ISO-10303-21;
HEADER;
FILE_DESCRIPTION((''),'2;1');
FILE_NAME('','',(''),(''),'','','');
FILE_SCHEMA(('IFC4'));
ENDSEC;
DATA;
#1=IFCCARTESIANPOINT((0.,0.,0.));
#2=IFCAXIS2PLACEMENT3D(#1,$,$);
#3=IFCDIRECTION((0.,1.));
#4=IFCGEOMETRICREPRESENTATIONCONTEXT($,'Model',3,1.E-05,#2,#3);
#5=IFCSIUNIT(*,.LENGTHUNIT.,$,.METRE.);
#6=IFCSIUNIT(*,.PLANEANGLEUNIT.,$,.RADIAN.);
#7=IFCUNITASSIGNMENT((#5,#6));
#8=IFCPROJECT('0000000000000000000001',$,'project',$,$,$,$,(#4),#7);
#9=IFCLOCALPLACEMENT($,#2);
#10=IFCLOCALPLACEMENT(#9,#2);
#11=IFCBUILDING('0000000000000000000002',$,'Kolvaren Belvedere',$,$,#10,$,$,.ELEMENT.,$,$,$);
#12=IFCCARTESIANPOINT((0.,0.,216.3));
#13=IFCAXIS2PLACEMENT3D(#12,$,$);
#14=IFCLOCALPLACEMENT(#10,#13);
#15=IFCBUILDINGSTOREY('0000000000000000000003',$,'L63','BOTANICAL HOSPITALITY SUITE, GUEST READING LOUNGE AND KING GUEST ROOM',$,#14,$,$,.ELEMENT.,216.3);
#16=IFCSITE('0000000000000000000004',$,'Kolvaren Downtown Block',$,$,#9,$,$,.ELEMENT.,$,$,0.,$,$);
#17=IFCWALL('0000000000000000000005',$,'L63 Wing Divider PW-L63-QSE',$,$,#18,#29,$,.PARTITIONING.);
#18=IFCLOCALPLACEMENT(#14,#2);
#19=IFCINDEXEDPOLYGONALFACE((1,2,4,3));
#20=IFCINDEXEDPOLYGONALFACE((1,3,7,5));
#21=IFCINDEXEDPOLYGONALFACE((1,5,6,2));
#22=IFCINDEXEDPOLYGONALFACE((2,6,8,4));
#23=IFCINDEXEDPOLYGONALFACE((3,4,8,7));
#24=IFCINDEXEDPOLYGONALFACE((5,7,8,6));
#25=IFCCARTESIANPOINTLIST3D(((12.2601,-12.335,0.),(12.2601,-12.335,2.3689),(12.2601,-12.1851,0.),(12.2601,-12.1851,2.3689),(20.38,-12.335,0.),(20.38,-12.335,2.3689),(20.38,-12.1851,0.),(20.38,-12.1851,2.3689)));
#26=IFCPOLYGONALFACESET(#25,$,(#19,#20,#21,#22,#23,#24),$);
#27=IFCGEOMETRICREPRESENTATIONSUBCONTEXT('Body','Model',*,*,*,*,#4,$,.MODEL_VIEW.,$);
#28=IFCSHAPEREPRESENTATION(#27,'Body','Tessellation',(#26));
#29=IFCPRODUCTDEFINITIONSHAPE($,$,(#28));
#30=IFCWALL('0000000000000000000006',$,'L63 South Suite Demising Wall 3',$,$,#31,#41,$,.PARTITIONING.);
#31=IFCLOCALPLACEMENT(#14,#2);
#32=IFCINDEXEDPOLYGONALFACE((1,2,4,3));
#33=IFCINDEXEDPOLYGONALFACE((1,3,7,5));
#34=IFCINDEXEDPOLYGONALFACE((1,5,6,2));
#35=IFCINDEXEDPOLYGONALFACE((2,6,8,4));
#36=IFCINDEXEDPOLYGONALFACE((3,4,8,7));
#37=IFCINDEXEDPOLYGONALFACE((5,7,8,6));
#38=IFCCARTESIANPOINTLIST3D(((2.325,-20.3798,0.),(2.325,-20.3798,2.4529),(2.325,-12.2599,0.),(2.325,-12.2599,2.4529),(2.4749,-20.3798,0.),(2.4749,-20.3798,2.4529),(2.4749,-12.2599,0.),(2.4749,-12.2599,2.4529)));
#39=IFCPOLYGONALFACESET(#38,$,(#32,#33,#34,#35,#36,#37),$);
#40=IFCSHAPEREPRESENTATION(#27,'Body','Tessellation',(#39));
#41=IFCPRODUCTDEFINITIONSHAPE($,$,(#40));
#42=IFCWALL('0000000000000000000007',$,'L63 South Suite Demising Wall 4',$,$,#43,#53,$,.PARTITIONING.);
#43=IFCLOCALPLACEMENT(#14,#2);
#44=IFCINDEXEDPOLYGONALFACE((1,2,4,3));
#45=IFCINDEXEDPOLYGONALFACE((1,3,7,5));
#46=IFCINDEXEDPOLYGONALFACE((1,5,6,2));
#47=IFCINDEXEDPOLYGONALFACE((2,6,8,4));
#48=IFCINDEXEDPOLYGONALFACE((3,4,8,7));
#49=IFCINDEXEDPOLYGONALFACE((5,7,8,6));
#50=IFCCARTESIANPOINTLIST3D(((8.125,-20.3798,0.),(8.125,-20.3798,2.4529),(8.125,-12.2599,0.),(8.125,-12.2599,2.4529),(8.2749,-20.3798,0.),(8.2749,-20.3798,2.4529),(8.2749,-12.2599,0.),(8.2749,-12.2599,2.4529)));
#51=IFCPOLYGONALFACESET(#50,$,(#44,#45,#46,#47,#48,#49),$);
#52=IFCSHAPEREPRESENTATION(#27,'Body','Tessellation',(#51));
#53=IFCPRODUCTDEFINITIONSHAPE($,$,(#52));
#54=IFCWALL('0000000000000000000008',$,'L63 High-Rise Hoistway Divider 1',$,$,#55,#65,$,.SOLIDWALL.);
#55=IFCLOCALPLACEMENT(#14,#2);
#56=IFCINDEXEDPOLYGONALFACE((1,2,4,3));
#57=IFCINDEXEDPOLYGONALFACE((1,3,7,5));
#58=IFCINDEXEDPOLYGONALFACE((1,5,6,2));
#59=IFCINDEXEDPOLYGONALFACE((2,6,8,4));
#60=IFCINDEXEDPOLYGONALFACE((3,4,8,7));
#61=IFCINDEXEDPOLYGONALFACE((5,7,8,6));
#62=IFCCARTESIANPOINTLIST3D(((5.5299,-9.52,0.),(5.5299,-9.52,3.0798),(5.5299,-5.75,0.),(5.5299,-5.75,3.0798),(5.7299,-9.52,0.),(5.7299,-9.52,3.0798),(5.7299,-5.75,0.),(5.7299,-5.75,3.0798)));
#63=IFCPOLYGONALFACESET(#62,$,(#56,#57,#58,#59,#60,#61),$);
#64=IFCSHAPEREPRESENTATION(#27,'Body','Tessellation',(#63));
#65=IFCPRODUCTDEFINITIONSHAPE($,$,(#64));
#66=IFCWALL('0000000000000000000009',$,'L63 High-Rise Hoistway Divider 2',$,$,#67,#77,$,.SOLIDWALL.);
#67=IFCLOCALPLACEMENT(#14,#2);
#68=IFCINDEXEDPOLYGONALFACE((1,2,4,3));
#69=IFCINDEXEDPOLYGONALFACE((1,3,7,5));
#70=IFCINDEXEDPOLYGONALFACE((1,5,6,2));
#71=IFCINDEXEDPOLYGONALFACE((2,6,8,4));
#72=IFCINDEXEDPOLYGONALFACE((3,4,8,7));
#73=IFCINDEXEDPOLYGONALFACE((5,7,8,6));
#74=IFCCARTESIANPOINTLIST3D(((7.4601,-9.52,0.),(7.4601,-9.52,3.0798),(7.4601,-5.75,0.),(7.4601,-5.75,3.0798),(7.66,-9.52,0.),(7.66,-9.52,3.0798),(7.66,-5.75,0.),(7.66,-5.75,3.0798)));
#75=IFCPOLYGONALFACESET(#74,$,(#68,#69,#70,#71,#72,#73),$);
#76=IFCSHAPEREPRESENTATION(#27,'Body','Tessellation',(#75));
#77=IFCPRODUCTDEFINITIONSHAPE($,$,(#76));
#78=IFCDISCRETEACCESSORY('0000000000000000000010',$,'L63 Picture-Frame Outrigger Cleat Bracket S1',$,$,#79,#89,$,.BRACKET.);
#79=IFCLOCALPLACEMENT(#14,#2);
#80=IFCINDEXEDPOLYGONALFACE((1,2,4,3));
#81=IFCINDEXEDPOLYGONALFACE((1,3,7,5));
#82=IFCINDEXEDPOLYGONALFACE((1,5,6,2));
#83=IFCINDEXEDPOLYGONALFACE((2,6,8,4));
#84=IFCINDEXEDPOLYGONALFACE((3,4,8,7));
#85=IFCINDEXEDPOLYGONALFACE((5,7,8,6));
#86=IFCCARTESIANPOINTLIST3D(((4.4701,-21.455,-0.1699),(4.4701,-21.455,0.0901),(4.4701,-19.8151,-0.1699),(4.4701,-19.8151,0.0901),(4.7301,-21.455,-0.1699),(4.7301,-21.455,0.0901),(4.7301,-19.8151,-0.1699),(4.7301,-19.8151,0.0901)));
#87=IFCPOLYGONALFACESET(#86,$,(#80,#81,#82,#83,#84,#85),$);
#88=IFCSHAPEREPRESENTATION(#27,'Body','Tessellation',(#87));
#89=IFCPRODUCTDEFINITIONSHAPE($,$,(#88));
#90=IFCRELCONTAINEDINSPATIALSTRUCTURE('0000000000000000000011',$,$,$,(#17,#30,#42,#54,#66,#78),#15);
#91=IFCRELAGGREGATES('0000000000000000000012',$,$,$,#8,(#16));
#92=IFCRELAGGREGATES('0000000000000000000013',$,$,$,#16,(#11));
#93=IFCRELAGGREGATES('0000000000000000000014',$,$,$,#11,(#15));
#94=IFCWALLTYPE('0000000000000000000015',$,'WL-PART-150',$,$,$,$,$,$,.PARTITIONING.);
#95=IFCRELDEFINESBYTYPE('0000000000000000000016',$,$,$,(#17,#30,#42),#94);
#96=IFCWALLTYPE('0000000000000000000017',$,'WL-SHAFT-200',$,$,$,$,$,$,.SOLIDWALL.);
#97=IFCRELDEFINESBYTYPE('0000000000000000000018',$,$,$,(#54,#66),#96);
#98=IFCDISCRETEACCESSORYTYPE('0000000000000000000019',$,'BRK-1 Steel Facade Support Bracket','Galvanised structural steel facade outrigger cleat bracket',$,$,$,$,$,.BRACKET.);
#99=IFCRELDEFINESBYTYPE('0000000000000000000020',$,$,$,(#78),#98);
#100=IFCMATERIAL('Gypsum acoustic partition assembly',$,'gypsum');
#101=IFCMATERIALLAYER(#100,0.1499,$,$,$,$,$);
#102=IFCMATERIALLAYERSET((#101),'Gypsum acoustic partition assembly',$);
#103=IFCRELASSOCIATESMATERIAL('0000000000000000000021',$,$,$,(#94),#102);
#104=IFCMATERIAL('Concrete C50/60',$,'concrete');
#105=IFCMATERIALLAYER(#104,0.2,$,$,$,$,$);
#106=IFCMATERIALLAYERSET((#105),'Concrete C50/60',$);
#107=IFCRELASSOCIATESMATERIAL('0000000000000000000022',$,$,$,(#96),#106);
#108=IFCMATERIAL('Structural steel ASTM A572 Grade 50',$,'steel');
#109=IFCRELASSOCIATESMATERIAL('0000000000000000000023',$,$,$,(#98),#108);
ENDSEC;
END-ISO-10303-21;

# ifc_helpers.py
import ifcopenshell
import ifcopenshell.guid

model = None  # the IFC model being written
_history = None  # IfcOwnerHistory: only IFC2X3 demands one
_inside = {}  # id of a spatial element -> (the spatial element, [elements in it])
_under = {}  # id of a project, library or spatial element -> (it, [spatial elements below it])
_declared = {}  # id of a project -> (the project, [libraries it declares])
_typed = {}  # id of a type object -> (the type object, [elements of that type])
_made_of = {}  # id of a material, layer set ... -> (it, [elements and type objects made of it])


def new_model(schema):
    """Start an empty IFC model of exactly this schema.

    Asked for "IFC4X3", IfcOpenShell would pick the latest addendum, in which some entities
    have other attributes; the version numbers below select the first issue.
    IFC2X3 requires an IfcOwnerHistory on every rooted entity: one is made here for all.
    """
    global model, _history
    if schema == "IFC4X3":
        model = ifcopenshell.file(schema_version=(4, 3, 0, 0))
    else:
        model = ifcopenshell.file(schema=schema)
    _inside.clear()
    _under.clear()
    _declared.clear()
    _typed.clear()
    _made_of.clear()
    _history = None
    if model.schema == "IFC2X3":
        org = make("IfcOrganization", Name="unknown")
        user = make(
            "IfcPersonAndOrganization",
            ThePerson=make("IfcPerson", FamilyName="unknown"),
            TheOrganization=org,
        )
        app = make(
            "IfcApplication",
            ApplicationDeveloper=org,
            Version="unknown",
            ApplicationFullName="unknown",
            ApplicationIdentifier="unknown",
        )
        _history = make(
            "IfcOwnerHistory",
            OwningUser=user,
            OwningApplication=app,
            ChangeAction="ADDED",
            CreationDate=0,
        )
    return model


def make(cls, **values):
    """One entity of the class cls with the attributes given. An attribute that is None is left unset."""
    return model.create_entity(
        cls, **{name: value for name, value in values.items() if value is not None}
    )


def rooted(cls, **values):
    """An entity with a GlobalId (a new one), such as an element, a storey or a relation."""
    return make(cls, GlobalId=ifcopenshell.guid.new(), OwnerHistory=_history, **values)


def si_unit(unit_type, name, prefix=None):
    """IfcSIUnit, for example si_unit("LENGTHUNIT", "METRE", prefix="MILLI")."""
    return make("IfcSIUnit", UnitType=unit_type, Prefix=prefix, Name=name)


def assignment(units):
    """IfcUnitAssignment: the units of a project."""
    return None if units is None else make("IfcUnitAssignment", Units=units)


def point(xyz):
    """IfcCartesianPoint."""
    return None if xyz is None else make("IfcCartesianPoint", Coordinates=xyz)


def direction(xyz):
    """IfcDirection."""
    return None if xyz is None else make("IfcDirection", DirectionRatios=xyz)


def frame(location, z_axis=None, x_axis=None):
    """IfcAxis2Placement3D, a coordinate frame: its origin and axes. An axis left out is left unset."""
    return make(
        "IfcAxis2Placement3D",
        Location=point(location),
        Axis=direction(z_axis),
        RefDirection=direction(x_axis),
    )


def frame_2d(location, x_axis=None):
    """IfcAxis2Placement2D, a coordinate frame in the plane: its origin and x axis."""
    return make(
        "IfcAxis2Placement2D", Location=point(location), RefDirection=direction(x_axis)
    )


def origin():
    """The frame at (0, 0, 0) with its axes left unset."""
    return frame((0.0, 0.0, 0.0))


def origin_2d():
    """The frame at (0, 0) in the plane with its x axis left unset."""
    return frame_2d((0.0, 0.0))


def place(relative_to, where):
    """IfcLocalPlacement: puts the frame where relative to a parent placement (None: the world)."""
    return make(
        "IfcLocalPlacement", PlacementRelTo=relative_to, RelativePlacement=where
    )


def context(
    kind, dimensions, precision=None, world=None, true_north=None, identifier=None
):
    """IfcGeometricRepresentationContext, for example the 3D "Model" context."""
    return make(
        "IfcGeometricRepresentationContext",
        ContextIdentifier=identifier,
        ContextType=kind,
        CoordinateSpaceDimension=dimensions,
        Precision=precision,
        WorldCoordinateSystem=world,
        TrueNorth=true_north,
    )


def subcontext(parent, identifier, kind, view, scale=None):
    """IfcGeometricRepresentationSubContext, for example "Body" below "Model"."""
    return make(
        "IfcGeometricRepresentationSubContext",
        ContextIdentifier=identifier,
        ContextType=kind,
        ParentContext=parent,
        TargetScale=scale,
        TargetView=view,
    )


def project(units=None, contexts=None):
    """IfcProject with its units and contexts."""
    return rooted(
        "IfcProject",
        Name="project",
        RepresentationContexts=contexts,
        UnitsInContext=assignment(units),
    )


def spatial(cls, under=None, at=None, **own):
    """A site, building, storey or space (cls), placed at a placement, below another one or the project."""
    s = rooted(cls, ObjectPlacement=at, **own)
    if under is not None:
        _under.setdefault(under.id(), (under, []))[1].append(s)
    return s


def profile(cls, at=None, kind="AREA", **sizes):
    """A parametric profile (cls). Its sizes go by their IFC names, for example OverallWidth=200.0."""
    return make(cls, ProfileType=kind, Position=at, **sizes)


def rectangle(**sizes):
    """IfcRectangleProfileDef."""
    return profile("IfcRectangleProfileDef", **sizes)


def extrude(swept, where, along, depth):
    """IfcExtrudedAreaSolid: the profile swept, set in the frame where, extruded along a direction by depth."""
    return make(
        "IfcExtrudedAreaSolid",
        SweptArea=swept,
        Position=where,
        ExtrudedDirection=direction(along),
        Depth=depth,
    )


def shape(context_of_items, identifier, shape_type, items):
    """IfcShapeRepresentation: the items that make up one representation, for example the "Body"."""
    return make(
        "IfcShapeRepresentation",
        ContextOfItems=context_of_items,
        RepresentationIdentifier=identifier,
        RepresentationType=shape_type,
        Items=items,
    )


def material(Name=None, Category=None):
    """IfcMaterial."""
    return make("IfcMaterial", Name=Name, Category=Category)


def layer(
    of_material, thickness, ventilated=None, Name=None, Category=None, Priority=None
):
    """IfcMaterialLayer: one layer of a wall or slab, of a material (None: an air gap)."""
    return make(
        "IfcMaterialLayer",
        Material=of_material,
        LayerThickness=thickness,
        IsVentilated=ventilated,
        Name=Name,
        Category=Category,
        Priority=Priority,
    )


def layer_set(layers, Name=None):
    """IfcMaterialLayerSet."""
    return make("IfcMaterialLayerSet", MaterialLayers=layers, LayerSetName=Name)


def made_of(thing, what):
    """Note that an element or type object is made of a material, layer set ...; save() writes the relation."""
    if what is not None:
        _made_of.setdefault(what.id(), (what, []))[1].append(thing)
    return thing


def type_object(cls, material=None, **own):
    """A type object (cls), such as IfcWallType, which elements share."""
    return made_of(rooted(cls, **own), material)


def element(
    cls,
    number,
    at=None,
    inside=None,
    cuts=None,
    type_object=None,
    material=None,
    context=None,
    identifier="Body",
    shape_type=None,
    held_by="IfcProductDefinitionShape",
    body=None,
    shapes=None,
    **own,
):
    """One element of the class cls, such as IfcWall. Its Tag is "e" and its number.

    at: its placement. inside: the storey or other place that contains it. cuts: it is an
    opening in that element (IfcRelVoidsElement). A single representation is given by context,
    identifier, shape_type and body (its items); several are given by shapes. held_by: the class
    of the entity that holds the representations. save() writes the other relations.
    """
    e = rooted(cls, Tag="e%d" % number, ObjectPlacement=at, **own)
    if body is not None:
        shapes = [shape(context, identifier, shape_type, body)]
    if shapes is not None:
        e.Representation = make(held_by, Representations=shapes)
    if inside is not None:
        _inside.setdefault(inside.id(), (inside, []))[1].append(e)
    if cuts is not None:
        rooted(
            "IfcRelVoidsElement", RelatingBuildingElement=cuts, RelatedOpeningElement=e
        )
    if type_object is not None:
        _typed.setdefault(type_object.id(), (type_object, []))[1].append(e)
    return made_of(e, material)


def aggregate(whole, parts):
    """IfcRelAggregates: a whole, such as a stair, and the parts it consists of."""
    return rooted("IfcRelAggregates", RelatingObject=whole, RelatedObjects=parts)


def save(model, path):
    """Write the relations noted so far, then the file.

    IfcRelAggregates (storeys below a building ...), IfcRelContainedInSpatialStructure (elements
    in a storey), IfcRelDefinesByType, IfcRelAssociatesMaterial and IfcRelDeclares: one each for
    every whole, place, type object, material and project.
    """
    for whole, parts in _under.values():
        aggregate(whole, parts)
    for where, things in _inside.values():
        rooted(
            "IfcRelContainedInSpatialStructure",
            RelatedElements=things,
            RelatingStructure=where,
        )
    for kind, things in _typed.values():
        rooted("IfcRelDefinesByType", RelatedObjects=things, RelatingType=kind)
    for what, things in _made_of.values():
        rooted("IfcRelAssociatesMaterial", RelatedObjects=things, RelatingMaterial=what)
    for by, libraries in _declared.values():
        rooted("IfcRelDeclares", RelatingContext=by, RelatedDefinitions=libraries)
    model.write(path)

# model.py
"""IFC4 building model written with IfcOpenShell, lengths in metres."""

from ifc_helpers import new_model, si_unit, direction, frame, frame_2d, origin, origin_2d, place, context, subcontext, project, spatial, rectangle, extrude, material, layer, layer_set, type_object, element, save


model = new_model("IFC4")

# Units and contexts
model_context = context("Model", 3, precision=1e-05, world=origin(), true_north=direction((0.0, 1.0)))
body_context = subcontext(model_context, "Body", "Model", "MODEL_VIEW")
ifc_project = project(units=[si_unit("LENGTHUNIT", "METRE"), si_unit("PLANEANGLEUNIT", "RADIAN")], contexts=[model_context])

# Site, building, storey
site_placement = place(None, origin())
site = spatial("IfcSite", under=ifc_project, at=site_placement, Name="Kolvaren Downtown Block", CompositionType="ELEMENT", RefElevation=0.0)
building_placement = place(site_placement, origin())
building = spatial("IfcBuilding", under=site, at=building_placement, Name="Kolvaren Belvedere", CompositionType="ELEMENT")
storey_placement = place(building_placement, frame((0.0, 0.0, 216.3)))
storey = spatial("IfcBuildingStorey", under=building, at=storey_placement, Name="L63", Description="BOTANICAL HOSPITALITY SUITE, GUEST READING LOUNGE AND KING GUEST ROOM", CompositionType="ELEMENT", Elevation=216.3)

# Walls
ifc_material_1 = material(Name="Gypsum acoustic partition assembly", Category="gypsum")
ifc_layer_1 = layer(ifc_material_1, 0.1499)
ifc_layer_set_1 = layer_set([ifc_layer_1], Name="Gypsum acoustic partition assembly")
wall_type_1 = type_object("IfcWallType", Name="WL-PART-150", PredefinedType="PARTITIONING", material=ifc_layer_set_1)
wall_1_placement = place(storey_placement, frame((12.26, -12.26, 0.0), z_axis=(0.0, 0.0, 1.0), x_axis=(1.0, 0.0, 0.0)))
element("IfcWall", 1, at=wall_1_placement, inside=storey, type_object=wall_type_1, Name="L63 Wing Divider PW-L63-QSE", PredefinedType="PARTITIONING", context=body_context, shape_type="SweptSolid", body=[
    extrude(rectangle(XDim=8.1199, YDim=0.1499, at=frame_2d((4.0601, 0.0))), origin(), (0.0, 0.0, 1.0), 2.3689),
])
for number, where, z_axis, x_axis, name in (
    (2, (2.3999, -20.3799, 0.0), (0.0, 0.0, 1.0), (0.0, 1.0, 0.0), "L63 South Suite Demising Wall 3"),
    (3, (8.2, -20.3799, 0.0), (0.0, 0.0, 1.0), (0.0, 1.0, 0.0), "L63 South Suite Demising Wall 4"),
):
    element("IfcWall", number, at=place(storey_placement, frame(where, z_axis=z_axis, x_axis=x_axis)), inside=storey, type_object=wall_type_1, Name=name, PredefinedType="PARTITIONING", context=body_context, shape_type="SweptSolid", body=[
        extrude(rectangle(XDim=8.1199, YDim=0.1499, at=frame_2d((4.0601, 0.0))), origin(), (0.0, 0.0, 1.0), 2.4529),
    ])
ifc_material_2 = material(Name="Concrete C50/60", Category="concrete")
ifc_layer_2 = layer(ifc_material_2, 0.2)
ifc_layer_set_2 = layer_set([ifc_layer_2], Name="Concrete C50/60")
wall_type_2 = type_object("IfcWallType", Name="WL-SHAFT-200", PredefinedType="SOLIDWALL", material=ifc_layer_set_2)
for number, where, z_axis, x_axis, name in (
    (4, (5.6299, -9.52, 0.0), (0.0, 0.0, 1.0), (0.0, 1.0, 0.0), "L63 High-Rise Hoistway Divider 1"),
    (5, (7.5601, -9.52, 0.0), (0.0, 0.0, 1.0), (0.0, 1.0, 0.0), "L63 High-Rise Hoistway Divider 2"),
):
    element("IfcWall", number, at=place(storey_placement, frame(where, z_axis=z_axis, x_axis=x_axis)), inside=storey, type_object=wall_type_2, Name=name, PredefinedType="SOLIDWALL", context=body_context, shape_type="SweptSolid", body=[
        extrude(rectangle(XDim=3.77, YDim=0.2, at=frame_2d((1.885, 0.0))), origin(), (0.0, 0.0, 1.0), 3.0798),
    ])

# Discrete accessory
ifc_material_3 = material(Name="Structural steel ASTM A572 Grade 50", Category="steel")
discrete_accessory_type = type_object("IfcDiscreteAccessoryType", Name="BRK-1 Steel Facade Support Bracket", Description="Galvanised structural steel facade outrigger cleat bracket", PredefinedType="BRACKET", material=ifc_material_3)
discrete_accessory_placement = place(storey_placement, frame((4.6001, -20.635, -0.1699), z_axis=(0.0, 0.0, 1.0), x_axis=(0.0, 1.0, 0.0)))
element("IfcDiscreteAccessory", 6, at=discrete_accessory_placement, inside=storey, type_object=discrete_accessory_type, Name="L63 Picture-Frame Outrigger Cleat Bracket S1", PredefinedType="BRACKET", context=body_context, shape_type="SweptSolid", body=[
    extrude(rectangle(XDim=1.6399, YDim=0.26, at=origin_2d()), origin(), (0.0, 0.0, 1.0), 0.26),
])

save(model, "model.ifc")
